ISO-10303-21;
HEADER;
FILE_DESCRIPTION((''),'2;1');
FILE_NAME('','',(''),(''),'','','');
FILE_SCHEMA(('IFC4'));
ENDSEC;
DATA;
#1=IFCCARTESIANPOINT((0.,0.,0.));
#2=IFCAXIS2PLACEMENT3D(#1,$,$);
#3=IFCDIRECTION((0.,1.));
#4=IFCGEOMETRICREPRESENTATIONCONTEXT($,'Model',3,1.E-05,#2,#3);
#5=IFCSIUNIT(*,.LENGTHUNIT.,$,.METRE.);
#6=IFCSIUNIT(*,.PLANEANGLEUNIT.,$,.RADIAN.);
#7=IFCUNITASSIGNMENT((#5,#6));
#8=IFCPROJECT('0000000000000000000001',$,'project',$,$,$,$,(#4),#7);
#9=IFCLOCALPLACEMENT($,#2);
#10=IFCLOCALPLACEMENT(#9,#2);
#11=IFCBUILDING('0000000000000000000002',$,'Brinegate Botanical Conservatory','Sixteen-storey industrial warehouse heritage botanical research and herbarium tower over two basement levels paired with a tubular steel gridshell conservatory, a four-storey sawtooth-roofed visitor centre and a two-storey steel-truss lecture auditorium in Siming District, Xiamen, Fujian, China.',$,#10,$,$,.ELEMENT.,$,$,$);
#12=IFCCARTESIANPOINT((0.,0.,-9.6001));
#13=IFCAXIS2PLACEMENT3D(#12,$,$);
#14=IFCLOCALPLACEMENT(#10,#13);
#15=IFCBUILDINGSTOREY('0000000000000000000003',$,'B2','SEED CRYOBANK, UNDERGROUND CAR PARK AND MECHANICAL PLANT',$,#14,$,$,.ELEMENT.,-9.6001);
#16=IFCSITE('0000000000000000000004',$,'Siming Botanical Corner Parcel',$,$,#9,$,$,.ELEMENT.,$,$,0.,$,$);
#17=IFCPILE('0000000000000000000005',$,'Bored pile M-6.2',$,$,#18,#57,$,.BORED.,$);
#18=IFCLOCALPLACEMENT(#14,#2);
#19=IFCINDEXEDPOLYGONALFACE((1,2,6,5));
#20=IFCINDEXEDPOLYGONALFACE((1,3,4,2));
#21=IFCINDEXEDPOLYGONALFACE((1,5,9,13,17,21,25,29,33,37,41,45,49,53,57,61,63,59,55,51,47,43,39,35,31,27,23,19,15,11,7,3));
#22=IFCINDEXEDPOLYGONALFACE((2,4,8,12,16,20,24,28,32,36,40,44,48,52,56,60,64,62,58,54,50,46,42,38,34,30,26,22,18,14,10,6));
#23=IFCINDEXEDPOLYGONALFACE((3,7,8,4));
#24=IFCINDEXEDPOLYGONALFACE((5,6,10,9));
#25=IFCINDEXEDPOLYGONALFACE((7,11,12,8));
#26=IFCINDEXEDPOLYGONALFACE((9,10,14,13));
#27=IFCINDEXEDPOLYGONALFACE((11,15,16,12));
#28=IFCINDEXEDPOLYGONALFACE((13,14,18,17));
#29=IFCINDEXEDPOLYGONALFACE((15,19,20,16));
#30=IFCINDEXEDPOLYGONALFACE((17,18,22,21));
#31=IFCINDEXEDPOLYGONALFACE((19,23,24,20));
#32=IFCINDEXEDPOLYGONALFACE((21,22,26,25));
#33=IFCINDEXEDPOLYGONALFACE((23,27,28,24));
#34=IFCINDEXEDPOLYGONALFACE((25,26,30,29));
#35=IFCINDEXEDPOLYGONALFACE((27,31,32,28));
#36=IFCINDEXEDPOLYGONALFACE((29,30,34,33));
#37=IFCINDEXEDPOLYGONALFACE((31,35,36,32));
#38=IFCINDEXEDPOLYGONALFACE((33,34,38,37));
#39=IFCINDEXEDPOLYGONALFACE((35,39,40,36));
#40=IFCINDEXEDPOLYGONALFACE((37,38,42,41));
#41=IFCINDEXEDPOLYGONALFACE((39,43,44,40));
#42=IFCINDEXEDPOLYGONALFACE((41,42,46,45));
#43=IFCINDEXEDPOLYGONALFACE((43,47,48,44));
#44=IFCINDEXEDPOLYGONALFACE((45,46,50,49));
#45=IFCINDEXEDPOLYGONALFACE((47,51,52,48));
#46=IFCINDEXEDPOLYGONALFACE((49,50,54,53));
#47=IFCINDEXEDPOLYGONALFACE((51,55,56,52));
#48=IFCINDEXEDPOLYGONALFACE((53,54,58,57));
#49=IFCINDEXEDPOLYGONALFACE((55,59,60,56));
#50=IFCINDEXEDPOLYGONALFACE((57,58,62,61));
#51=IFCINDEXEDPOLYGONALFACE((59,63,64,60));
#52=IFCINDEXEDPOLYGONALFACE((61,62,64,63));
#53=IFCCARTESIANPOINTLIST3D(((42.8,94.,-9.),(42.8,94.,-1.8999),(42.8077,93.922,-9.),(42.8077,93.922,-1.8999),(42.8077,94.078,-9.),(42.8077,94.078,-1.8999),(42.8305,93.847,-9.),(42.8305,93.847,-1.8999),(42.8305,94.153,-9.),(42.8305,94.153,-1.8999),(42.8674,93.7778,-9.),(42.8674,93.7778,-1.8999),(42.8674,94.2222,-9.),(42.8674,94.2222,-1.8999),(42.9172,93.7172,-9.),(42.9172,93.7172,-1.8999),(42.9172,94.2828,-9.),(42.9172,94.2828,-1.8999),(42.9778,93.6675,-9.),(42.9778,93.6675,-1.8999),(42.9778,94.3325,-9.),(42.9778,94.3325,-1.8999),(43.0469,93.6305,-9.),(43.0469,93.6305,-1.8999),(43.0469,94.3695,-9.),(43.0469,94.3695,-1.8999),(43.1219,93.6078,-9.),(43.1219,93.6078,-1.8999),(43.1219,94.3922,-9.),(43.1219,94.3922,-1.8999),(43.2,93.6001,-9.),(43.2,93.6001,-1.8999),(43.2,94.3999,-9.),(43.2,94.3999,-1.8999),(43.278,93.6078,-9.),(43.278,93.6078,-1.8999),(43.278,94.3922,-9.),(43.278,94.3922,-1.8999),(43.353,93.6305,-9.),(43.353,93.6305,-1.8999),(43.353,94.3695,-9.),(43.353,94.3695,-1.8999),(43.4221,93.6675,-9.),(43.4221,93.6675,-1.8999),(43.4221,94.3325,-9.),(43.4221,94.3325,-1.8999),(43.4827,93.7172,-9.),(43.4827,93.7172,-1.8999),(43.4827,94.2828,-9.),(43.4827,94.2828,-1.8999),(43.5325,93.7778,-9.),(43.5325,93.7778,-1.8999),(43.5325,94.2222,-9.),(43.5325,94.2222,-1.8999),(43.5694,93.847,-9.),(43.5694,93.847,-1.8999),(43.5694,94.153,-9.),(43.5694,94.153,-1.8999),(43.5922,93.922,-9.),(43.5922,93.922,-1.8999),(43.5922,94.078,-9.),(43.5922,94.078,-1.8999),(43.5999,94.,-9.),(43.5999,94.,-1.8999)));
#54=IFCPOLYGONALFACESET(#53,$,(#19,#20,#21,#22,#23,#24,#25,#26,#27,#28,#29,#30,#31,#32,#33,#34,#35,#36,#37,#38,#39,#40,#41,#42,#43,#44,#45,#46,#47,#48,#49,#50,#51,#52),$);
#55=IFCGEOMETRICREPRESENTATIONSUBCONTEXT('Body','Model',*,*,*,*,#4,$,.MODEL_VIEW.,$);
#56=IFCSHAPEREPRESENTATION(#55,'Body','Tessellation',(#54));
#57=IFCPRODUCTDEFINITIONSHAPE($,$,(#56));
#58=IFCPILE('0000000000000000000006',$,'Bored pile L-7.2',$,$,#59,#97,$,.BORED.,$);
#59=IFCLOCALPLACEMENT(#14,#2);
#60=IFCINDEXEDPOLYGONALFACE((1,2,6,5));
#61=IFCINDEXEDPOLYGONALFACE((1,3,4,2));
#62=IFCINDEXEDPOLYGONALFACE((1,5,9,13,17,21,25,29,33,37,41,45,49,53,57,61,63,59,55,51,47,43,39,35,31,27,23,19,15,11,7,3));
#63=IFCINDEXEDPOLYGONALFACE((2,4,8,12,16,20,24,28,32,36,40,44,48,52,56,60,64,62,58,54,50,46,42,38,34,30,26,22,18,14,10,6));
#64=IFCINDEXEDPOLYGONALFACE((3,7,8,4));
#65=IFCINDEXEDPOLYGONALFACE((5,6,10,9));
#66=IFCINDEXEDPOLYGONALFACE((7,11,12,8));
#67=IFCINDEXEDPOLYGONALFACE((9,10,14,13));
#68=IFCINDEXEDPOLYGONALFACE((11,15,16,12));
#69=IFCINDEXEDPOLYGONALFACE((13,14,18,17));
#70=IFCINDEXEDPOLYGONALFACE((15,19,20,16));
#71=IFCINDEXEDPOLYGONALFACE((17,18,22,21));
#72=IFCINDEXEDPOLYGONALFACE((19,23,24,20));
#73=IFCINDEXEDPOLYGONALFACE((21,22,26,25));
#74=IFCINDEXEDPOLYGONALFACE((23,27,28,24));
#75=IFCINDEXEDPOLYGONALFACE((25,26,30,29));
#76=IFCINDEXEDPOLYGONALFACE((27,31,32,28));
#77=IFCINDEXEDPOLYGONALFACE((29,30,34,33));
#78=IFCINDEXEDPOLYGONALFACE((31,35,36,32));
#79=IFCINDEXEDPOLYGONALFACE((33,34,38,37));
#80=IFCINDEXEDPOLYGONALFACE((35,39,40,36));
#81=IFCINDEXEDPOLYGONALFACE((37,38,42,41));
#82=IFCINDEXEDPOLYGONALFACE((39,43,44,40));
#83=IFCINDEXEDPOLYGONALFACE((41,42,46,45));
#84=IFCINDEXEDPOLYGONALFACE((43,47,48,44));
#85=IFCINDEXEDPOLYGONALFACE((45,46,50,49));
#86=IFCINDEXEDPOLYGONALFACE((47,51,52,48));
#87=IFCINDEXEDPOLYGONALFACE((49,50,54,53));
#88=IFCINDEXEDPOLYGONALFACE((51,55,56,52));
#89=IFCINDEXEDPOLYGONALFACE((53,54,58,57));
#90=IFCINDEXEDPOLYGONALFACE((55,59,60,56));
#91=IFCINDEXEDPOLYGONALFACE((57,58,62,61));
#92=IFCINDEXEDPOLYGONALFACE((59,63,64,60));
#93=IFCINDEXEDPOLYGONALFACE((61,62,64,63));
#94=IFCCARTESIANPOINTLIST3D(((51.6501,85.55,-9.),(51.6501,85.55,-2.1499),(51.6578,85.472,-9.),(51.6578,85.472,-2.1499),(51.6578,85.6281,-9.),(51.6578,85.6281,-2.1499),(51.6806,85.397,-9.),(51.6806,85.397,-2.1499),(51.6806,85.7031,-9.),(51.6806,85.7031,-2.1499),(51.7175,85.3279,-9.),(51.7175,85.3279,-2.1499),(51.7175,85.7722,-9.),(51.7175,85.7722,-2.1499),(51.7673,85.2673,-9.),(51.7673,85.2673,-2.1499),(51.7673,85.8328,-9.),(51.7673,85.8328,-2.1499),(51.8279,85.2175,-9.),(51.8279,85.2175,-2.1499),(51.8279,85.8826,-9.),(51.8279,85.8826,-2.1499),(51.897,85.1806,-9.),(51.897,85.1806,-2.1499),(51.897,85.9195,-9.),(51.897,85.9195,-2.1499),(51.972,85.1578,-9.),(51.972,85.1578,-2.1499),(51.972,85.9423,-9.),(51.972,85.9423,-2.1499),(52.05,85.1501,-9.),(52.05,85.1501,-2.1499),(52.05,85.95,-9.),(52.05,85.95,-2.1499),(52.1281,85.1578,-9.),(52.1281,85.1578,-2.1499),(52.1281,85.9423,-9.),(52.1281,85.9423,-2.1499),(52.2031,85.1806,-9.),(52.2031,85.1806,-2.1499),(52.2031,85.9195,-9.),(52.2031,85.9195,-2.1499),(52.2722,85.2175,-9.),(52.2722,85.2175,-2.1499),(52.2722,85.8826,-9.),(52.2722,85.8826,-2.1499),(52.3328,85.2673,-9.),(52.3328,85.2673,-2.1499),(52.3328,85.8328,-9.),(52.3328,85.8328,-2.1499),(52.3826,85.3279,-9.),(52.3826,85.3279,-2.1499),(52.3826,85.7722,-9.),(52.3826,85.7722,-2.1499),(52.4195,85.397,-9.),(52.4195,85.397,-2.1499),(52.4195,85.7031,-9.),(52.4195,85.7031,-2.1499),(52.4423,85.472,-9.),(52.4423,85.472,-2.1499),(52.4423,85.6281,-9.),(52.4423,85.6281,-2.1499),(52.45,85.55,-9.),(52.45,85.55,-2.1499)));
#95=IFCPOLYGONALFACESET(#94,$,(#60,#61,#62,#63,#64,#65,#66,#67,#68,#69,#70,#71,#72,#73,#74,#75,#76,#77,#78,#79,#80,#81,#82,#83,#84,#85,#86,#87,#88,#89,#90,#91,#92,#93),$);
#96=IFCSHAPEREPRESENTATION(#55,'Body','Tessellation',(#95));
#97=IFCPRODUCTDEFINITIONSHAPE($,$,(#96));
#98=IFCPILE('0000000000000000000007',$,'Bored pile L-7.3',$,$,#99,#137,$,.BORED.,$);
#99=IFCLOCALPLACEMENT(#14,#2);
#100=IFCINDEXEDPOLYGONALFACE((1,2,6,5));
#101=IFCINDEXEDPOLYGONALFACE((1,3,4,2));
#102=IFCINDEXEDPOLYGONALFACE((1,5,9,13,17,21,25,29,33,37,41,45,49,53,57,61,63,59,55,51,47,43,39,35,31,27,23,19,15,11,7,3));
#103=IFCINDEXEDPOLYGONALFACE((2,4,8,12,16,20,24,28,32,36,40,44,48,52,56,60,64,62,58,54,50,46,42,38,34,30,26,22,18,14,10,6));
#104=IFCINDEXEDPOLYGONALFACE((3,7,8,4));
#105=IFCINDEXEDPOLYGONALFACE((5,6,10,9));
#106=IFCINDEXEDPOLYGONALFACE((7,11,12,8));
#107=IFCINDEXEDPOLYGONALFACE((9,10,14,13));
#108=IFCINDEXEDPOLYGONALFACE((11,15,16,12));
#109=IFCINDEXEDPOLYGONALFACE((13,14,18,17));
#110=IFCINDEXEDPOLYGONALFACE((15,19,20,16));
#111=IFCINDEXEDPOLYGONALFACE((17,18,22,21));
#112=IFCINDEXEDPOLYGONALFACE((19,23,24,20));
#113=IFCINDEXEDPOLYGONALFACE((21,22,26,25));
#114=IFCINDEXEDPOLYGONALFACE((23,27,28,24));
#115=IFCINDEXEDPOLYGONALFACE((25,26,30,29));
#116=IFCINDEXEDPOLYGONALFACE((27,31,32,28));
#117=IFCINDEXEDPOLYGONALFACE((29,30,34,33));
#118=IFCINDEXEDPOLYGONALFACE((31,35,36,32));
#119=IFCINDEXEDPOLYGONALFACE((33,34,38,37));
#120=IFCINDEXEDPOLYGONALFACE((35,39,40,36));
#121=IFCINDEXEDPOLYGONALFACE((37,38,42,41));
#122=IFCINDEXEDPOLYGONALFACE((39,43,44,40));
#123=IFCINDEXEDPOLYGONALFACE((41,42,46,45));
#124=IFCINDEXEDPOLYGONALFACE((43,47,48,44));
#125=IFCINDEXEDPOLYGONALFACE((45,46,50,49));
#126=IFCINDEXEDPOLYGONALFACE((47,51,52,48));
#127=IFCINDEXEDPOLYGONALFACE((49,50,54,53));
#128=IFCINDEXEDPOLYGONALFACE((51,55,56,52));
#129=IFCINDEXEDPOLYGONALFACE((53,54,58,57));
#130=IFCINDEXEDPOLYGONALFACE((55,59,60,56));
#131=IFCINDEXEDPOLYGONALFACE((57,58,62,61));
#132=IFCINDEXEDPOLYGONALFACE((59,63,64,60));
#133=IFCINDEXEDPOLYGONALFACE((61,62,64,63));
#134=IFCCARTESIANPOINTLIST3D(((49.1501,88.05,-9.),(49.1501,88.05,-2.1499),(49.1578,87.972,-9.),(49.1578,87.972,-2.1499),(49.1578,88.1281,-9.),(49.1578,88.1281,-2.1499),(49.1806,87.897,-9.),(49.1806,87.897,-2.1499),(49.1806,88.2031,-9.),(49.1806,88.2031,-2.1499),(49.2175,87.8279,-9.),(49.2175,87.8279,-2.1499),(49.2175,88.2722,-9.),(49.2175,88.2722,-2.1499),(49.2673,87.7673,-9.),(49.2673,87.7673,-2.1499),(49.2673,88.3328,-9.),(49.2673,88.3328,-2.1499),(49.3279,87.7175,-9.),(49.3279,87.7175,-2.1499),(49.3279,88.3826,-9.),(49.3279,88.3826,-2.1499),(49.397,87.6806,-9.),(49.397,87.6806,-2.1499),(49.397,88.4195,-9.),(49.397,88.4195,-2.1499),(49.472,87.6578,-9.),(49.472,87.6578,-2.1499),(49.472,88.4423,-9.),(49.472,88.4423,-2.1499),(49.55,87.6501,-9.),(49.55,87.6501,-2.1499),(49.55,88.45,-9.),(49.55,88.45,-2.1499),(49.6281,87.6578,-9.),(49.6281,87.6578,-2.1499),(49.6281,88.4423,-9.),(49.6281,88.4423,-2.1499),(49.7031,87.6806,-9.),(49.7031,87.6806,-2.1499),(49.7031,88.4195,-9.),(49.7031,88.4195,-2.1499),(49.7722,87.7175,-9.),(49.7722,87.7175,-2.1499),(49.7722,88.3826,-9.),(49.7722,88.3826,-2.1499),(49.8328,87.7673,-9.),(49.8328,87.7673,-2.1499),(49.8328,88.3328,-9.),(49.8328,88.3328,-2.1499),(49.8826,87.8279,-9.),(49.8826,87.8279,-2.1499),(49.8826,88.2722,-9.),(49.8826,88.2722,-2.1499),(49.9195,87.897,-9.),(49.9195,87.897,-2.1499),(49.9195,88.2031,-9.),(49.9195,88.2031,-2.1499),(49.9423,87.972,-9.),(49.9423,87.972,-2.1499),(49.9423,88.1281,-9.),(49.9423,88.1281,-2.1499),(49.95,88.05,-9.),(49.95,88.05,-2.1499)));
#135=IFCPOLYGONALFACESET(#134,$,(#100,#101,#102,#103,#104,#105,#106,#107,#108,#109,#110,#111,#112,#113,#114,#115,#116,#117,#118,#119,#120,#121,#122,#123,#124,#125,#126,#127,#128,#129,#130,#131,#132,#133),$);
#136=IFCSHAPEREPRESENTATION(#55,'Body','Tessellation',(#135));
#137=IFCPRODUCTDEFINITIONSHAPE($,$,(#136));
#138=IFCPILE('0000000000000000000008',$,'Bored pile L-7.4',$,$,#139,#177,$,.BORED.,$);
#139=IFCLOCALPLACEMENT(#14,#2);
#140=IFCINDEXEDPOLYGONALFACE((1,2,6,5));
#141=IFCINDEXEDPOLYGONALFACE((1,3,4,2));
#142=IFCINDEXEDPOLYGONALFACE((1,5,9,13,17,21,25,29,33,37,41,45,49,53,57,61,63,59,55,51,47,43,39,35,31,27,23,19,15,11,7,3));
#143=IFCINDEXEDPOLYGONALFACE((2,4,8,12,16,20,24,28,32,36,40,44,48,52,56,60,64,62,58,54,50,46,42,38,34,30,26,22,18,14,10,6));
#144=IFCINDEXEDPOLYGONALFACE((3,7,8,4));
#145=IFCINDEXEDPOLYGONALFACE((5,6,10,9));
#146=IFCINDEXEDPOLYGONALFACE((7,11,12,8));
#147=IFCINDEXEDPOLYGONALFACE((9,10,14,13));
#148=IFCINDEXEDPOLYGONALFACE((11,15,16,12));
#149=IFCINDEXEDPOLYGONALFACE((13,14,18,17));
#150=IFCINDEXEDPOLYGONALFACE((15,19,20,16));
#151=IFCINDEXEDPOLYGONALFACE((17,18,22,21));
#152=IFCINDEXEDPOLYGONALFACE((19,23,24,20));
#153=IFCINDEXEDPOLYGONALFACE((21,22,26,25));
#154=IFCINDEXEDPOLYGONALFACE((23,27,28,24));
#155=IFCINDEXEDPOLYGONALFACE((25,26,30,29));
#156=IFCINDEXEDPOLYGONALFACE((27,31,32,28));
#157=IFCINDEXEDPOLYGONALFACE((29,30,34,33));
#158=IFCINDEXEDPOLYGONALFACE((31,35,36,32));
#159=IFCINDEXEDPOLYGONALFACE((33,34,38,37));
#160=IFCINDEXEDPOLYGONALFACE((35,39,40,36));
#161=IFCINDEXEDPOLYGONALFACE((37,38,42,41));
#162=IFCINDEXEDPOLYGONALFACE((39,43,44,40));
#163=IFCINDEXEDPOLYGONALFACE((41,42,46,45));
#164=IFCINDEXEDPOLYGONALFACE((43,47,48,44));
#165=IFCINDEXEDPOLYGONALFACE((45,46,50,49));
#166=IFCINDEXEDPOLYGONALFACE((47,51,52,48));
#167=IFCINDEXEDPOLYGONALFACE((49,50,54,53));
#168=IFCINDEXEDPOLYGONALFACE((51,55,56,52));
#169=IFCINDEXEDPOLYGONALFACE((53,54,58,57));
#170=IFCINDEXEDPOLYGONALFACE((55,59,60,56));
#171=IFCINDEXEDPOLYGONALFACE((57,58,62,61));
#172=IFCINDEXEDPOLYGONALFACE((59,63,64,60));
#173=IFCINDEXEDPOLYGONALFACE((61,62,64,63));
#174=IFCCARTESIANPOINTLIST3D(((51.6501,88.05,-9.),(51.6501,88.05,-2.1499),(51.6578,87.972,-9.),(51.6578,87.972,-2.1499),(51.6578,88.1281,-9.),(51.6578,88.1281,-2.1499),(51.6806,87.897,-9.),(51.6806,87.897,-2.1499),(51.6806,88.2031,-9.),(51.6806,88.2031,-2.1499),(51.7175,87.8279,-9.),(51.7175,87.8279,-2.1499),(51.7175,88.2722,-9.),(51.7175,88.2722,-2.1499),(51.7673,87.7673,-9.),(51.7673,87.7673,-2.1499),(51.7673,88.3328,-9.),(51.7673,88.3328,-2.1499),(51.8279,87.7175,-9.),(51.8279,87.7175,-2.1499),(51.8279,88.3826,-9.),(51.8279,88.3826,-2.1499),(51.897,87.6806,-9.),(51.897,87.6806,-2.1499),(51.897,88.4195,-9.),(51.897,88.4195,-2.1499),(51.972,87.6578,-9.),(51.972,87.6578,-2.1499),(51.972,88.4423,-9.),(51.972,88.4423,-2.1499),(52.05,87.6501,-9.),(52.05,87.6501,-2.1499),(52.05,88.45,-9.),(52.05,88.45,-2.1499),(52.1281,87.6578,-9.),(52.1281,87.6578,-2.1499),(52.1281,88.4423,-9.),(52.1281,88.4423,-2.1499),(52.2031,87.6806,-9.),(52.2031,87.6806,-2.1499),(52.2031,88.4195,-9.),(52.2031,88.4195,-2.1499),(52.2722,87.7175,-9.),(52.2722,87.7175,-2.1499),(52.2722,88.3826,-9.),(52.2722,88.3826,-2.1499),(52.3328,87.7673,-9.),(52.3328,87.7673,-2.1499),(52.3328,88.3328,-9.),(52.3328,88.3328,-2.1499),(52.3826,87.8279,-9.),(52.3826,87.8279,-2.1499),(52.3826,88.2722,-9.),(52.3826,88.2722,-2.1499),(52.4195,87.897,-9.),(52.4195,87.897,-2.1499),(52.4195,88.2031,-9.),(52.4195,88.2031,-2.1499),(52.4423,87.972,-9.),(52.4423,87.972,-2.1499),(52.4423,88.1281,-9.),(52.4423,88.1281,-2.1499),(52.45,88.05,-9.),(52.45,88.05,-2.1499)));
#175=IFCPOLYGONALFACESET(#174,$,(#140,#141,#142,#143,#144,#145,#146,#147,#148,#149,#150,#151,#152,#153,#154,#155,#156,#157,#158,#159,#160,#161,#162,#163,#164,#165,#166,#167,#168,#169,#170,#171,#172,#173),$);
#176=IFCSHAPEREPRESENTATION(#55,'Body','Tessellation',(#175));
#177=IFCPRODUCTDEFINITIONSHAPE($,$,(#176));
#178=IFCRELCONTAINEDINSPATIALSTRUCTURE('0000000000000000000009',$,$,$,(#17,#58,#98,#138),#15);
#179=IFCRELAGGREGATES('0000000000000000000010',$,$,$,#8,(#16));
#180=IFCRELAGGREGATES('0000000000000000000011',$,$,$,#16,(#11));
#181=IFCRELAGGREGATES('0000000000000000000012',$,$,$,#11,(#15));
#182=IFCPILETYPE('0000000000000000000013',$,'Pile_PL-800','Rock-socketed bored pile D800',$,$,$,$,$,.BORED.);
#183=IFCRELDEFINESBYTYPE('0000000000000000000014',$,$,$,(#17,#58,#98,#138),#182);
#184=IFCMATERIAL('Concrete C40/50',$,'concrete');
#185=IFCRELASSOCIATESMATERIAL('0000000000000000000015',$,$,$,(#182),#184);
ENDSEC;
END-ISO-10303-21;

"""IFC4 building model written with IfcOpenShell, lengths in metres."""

from ifc_helpers import new_model, si_unit, direction, frame, origin, origin_2d, place, context, subcontext, project, spatial, circle, extrude, material, material_profile, profile_set, type_object, element, save


model = new_model("IFC4")

# Units and contexts
model_context = context("Model", 3, precision=1e-05, world=origin(), true_north=direction((0.0, 1.0)))
body_context = subcontext(model_context, "Body", "Model", "MODEL_VIEW")
ifc_project = project(units=[si_unit("LENGTHUNIT", "METRE"), si_unit("PLANEANGLEUNIT", "RADIAN")], contexts=[model_context])

# Site, building, storey
site_placement = place(None, origin())
site = spatial("IfcSite", under=ifc_project, at=site_placement, Name="Siming Botanical Corner Parcel", CompositionType="ELEMENT", RefElevation=0.0)
building_placement = place(site_placement, origin())
building = spatial("IfcBuilding", under=site, at=building_placement, Name="Brinegate Botanical Conservatory", Description="Sixteen-storey industrial warehouse heritage botanical research and herbarium tower over two basement levels paired with a tubular steel gridshell conservatory, a four-storey sawtooth-roofed visitor centre and a two-storey steel-truss lecture auditorium in Siming District, Xiamen, Fujian, China.", CompositionType="ELEMENT")
storey_placement = place(building_placement, frame((0.0, 0.0, -9.6001)))
storey = spatial("IfcBuildingStorey", under=building, at=storey_placement, Name="B2", Description="SEED CRYOBANK, UNDERGROUND CAR PARK AND MECHANICAL PLANT", CompositionType="ELEMENT", Elevation=-9.6001)

# Shared definitions
ifc_material = material(Name="Concrete C40/50", Category="concrete")

# Piles
ifc_material_profile_1 = material_profile(ifc_material, circle(Radius=0.3999, at=origin_2d()), Name="PILE D800")
ifc_profile_set_1 = profile_set([ifc_material_profile_1], Name="Concrete C40/50")
pile_type = type_object("IfcPileType", Name="Pile_PL-800", Description="Rock-socketed bored pile D800", PredefinedType="BORED", material=ifc_profile_set_1)
for number, where, z_axis, x_axis, name in (
    (1, (43.2, 94.0, -1.8999), (0.0, 0.0, -1.0), (1.0, 0.0, 0.0), "Bored pile M-6.2"),
):
    element("IfcPile", number, at=place(storey_placement, frame(where, z_axis=z_axis, x_axis=x_axis)), inside=storey, type_object=pile_type, Name=name, PredefinedType="BORED", context=body_context, shape_type="SweptSolid", body=[
        extrude(circle(Radius=0.3999, at=origin_2d()), origin(), (0.0, 0.0, 1.0), 7.1001),
    ])
for number, where, z_axis, x_axis, name in (
    (2, (52.05, 85.55, -2.1499), (0.0, 0.0, -1.0), (1.0, 0.0, 0.0), "Bored pile L-7.2"),
    (3, (49.55, 88.05, -2.1499), (0.0, 0.0, -1.0), (1.0, 0.0, 0.0), "Bored pile L-7.3"),
    (4, (52.05, 88.05, -2.1499), (0.0, 0.0, -1.0), (1.0, 0.0, 0.0), "Bored pile L-7.4"),
):
    element("IfcPile", number, at=place(storey_placement, frame(where, z_axis=z_axis, x_axis=x_axis)), inside=storey, type_object=pile_type, Name=name, PredefinedType="BORED", context=body_context, shape_type="SweptSolid", body=[
        extrude(circle(Radius=0.3999, at=origin_2d()), origin(), (0.0, 0.0, 1.0), 6.8501),
    ])

save(model, "model.ifc")
